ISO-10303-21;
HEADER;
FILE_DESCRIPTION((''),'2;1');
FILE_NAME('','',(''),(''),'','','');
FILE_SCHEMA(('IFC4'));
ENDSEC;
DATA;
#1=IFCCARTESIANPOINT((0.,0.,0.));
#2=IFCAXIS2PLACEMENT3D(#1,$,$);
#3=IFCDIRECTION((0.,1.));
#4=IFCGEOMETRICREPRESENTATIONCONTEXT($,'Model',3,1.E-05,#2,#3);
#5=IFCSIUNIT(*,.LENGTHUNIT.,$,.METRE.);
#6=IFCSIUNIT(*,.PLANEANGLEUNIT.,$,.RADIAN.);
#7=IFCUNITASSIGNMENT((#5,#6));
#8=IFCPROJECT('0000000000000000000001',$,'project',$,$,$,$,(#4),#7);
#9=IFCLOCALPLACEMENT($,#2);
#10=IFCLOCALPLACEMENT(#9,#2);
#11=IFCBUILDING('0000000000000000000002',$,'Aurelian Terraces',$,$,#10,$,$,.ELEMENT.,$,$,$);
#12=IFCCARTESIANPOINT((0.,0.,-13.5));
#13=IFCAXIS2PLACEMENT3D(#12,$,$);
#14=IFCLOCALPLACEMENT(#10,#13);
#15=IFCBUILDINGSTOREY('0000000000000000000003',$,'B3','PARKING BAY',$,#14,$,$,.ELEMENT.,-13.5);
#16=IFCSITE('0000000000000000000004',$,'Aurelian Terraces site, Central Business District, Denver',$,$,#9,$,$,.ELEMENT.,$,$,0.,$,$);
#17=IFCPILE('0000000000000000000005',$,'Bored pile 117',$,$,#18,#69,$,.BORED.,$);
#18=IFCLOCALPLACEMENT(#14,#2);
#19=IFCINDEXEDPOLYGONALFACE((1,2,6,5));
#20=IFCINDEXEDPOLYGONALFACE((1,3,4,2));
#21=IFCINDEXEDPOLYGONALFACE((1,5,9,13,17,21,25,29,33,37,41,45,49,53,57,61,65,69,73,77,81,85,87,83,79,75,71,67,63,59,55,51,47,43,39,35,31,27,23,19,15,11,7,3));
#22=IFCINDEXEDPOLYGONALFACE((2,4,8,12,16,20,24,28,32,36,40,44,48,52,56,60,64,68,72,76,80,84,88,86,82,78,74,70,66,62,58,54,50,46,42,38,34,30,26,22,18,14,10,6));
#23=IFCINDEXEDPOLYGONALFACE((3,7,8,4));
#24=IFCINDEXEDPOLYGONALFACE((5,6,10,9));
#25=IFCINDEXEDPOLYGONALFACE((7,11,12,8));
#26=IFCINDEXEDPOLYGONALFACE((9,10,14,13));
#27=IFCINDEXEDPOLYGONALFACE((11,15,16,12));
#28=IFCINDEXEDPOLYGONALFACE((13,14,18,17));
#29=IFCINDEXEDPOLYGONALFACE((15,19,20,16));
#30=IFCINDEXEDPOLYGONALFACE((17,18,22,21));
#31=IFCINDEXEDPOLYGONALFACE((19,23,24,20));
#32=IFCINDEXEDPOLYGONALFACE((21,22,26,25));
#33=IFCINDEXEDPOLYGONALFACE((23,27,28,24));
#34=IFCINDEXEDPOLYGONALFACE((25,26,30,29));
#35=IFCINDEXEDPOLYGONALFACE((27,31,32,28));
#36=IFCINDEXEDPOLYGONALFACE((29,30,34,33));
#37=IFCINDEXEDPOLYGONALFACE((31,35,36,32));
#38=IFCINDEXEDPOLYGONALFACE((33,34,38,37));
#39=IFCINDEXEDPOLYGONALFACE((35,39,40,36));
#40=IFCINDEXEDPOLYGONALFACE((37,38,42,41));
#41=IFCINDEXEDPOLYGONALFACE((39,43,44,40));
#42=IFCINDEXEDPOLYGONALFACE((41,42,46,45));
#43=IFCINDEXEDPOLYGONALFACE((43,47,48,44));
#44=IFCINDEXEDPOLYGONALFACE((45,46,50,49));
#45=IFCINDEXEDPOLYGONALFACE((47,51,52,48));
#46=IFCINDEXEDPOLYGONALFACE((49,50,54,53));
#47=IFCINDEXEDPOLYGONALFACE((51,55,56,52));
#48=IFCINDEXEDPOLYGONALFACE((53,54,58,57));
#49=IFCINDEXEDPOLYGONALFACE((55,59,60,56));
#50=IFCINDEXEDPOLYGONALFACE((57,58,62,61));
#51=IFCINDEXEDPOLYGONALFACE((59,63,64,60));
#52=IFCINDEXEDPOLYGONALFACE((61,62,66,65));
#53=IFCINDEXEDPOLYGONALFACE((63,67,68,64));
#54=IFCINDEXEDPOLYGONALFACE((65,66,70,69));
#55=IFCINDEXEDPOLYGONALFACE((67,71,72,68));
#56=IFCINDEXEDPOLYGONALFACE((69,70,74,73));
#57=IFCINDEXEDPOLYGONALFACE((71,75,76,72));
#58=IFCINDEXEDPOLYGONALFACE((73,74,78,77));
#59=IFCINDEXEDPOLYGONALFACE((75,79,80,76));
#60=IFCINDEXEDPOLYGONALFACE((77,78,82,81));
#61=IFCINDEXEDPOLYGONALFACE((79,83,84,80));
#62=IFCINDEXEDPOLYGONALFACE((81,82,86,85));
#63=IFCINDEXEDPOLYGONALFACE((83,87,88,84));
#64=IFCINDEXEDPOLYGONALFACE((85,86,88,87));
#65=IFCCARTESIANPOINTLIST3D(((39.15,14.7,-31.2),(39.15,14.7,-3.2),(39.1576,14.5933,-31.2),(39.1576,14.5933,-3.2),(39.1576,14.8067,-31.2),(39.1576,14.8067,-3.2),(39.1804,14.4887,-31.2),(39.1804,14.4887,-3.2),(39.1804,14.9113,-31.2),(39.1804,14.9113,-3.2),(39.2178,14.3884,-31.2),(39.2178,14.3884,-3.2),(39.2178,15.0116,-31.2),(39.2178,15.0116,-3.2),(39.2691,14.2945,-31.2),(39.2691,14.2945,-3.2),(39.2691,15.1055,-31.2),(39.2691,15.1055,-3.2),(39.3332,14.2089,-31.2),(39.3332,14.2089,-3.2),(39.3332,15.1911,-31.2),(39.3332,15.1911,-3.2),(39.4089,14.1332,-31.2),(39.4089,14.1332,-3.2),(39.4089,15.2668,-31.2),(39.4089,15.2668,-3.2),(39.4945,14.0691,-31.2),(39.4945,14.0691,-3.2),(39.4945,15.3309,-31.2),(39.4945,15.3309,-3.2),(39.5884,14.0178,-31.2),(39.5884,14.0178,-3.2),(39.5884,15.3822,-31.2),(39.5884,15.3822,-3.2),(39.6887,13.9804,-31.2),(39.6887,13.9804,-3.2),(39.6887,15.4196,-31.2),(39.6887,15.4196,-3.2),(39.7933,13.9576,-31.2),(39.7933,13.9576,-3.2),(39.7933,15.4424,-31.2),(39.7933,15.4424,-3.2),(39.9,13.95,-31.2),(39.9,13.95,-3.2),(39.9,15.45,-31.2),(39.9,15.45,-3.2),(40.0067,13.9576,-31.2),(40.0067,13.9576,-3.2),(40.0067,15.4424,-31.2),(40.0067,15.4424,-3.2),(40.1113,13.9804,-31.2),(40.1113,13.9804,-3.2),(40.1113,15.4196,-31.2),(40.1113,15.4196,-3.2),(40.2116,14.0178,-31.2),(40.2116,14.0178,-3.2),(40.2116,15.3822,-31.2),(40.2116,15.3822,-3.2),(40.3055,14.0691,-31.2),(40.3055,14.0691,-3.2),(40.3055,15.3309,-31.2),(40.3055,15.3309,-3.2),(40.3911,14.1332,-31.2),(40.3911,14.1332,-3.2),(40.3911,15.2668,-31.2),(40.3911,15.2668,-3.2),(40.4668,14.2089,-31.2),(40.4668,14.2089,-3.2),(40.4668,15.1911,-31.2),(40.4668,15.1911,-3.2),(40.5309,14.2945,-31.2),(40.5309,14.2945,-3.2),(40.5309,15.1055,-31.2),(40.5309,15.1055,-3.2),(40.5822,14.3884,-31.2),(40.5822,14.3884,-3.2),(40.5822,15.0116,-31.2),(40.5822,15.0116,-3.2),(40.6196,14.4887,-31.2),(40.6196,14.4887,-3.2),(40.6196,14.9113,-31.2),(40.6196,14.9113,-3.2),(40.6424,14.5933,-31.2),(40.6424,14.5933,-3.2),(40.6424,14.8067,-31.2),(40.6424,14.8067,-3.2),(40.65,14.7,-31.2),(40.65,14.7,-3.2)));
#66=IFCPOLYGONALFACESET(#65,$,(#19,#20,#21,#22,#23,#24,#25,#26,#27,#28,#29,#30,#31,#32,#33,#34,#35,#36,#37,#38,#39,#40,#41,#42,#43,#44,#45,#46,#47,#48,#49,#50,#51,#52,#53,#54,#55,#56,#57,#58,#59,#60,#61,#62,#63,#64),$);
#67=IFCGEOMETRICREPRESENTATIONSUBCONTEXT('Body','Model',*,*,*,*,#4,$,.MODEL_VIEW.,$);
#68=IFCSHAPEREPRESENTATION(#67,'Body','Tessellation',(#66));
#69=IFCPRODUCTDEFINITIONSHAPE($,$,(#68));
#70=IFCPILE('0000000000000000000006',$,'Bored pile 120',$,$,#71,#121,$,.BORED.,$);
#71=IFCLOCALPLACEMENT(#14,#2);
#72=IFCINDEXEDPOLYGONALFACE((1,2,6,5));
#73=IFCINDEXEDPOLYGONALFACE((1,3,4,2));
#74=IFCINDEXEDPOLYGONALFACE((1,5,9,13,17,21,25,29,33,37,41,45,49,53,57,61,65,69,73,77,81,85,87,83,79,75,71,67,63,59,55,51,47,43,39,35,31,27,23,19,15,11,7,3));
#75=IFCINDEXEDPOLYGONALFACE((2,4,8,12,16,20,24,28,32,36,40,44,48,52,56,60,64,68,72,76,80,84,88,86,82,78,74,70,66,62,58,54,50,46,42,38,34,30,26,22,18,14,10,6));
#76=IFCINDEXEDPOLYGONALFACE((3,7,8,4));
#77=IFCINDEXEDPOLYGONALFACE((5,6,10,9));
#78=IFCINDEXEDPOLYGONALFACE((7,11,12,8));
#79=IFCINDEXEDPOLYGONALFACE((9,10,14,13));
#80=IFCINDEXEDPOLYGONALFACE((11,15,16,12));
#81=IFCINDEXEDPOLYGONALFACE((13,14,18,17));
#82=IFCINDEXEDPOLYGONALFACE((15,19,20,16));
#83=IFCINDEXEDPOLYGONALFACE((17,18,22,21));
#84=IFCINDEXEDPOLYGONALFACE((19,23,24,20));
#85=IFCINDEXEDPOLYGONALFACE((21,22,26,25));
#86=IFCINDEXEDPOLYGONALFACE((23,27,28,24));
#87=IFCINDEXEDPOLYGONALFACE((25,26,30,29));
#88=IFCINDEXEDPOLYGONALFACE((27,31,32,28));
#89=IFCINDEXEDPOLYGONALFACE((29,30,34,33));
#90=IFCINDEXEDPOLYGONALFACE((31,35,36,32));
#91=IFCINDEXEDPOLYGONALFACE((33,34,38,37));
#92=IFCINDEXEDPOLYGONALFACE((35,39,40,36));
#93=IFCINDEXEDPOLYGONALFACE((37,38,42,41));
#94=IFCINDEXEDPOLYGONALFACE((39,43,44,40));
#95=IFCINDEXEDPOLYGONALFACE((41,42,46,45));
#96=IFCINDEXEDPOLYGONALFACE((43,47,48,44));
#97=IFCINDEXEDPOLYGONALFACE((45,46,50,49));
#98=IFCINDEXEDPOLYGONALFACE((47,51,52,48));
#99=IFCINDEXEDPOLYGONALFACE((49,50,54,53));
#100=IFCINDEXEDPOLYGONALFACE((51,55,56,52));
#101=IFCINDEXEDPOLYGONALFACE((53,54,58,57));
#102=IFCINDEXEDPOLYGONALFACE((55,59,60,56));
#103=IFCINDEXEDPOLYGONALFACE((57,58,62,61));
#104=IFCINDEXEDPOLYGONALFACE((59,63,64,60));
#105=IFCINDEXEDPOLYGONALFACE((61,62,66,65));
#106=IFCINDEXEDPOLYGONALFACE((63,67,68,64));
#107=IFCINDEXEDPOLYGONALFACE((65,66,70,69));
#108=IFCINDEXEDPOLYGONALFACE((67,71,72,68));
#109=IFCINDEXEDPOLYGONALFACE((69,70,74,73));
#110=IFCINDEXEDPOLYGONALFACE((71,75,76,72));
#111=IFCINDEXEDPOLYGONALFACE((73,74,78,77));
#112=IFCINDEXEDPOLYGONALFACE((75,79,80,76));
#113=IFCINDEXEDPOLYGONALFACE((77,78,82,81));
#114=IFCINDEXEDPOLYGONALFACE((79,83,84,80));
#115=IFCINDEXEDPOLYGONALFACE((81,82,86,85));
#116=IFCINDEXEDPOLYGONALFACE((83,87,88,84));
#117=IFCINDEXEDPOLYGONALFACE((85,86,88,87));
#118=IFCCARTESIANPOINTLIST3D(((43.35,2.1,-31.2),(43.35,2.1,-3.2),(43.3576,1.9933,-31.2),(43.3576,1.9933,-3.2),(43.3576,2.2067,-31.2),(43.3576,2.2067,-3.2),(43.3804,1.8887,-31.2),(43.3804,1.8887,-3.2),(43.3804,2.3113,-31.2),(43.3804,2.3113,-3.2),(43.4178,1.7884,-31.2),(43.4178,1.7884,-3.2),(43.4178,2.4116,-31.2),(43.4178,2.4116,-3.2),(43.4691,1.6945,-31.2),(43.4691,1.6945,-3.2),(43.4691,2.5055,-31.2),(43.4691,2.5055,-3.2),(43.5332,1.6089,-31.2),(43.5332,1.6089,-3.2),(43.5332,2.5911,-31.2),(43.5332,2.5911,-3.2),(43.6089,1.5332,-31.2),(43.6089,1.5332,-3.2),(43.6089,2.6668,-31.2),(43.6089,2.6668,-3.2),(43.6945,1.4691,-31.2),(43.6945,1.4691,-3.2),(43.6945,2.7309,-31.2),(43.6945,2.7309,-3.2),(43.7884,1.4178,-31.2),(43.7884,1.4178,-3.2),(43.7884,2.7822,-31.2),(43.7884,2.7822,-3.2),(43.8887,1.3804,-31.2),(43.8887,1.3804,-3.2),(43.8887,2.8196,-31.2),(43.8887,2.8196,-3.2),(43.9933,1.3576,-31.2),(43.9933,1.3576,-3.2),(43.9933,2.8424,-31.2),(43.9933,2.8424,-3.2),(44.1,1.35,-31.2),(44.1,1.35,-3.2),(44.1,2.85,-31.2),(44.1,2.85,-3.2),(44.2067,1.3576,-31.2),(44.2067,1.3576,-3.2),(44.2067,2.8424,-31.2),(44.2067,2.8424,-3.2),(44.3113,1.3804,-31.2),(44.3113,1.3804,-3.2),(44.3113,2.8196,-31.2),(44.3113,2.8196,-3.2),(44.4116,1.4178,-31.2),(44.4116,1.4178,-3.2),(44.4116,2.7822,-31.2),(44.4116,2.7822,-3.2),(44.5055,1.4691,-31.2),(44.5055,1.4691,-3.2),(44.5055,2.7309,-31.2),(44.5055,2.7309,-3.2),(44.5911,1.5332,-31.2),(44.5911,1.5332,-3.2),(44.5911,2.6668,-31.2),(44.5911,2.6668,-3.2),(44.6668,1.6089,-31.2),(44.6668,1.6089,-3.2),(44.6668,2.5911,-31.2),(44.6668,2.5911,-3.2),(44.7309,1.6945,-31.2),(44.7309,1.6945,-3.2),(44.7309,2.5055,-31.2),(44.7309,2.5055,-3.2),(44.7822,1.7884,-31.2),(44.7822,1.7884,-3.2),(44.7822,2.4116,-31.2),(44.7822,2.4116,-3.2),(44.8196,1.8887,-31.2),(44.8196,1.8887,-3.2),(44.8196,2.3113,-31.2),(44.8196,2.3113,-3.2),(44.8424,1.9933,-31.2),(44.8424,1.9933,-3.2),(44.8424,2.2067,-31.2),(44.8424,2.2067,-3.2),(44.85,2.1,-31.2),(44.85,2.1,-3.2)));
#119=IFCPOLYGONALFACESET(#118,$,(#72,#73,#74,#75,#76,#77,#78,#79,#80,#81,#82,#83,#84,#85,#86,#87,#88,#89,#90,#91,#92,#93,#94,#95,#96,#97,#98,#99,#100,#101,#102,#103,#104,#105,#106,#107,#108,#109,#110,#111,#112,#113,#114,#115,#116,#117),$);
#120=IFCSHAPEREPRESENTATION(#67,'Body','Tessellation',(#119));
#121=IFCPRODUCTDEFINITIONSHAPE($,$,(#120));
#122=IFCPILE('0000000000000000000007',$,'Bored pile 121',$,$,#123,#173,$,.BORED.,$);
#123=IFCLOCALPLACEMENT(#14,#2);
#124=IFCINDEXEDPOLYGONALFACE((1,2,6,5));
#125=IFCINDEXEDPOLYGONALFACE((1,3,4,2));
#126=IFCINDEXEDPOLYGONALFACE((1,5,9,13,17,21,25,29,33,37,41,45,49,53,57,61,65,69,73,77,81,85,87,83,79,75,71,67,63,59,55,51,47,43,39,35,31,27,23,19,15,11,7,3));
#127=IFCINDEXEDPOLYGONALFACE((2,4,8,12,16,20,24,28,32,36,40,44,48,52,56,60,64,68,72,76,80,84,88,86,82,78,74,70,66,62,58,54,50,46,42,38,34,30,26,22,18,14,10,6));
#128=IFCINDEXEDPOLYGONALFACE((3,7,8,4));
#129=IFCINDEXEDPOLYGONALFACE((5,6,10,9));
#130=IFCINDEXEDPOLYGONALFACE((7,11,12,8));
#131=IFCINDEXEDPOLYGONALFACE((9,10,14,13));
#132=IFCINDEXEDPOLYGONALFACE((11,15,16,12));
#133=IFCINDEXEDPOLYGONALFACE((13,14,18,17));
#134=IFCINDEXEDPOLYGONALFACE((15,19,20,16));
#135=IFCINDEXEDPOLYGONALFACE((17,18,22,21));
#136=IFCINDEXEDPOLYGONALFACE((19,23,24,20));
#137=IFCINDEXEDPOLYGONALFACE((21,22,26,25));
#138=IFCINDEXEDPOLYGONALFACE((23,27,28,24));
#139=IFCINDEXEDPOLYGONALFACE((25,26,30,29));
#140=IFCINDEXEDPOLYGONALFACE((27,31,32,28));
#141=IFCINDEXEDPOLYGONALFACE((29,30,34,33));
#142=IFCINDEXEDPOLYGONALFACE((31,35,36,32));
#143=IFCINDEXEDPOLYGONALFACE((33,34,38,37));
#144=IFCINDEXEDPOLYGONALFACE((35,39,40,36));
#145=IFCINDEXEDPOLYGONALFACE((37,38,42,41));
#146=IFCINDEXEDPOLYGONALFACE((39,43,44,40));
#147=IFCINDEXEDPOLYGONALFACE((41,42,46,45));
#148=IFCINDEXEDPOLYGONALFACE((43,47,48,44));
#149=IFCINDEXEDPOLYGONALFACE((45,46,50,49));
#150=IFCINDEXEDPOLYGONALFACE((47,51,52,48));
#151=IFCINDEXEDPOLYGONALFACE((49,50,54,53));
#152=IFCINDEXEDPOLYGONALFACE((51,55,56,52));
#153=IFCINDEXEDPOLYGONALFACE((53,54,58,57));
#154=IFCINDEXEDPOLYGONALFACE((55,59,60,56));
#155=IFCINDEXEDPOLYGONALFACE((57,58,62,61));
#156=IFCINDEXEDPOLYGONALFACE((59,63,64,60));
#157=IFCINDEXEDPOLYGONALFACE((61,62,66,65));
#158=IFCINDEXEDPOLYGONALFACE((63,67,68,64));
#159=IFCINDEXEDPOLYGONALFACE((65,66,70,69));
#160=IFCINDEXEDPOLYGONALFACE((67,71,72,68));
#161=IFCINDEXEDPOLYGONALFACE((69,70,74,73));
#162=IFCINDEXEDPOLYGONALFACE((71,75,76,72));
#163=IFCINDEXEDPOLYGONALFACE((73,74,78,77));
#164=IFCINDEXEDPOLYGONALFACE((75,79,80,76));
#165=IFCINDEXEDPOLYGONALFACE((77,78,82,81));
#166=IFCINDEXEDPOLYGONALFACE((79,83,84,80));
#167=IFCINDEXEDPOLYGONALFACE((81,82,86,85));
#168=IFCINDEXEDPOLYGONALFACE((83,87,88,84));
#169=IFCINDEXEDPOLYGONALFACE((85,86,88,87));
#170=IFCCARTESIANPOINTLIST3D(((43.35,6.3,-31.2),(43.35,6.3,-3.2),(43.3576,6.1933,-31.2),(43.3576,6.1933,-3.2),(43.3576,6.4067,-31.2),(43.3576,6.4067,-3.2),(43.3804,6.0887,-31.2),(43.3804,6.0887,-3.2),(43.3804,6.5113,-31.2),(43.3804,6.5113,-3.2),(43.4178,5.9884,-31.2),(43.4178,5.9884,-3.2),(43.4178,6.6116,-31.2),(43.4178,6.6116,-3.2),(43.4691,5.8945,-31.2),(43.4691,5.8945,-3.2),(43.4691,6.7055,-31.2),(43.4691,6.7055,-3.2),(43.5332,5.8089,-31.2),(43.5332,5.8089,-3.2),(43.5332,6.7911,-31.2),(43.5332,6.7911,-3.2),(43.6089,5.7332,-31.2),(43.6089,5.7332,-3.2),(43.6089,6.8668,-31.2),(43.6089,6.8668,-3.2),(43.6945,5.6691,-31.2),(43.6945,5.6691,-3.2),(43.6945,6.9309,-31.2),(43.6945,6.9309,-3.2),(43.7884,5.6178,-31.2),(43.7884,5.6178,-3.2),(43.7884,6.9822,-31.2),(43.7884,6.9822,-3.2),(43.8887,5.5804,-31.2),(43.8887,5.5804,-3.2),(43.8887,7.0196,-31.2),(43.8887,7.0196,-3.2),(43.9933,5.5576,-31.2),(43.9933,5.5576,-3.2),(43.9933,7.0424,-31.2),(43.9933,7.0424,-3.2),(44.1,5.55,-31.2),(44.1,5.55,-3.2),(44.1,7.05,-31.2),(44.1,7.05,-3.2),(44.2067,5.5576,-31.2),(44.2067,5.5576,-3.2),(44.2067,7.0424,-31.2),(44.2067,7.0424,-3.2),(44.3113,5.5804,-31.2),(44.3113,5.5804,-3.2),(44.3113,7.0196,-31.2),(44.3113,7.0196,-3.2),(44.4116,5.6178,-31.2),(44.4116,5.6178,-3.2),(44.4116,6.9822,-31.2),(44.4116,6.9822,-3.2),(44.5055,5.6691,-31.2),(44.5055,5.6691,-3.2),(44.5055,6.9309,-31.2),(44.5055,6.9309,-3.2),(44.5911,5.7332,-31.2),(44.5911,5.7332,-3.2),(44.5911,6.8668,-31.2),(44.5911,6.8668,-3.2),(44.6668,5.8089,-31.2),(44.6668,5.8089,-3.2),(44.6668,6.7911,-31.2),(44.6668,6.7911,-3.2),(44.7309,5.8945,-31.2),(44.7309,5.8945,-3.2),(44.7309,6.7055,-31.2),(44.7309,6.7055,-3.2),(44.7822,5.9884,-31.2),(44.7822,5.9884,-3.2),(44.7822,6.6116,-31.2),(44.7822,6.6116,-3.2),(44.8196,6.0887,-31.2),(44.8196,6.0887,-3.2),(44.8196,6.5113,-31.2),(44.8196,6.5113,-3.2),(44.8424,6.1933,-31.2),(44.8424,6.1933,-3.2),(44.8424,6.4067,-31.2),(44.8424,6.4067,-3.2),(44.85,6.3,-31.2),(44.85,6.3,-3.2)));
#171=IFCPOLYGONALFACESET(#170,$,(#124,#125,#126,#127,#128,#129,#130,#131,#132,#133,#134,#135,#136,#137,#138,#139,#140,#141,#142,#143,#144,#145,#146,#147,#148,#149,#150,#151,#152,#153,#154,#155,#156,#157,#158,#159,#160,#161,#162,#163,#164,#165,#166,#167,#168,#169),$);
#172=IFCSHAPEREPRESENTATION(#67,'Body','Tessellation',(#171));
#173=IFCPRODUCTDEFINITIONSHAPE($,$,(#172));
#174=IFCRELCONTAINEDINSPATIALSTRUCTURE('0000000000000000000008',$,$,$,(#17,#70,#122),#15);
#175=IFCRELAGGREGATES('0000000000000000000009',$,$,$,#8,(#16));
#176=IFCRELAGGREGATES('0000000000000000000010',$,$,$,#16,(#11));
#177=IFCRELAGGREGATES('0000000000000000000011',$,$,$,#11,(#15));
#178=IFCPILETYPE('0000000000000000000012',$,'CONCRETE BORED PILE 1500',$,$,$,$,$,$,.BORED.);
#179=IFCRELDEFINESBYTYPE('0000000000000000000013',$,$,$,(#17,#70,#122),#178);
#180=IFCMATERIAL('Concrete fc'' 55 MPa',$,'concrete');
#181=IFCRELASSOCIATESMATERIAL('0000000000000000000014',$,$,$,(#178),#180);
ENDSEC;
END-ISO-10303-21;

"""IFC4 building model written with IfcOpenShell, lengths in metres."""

from ifc_helpers import new_model, si_unit, direction, frame, origin, origin_2d, place, context, subcontext, project, spatial, circle, extrude, source, transform, mapped, material, material_profile, profile_set, type_object, element, save


model = new_model("IFC4")

# Units and contexts
model_context = context("Model", 3, precision=1e-05, world=origin(), true_north=direction((0.0, 1.0)))
body_context = subcontext(model_context, "Body", "Model", "MODEL_VIEW")
ifc_project = project(units=[si_unit("LENGTHUNIT", "METRE"), si_unit("PLANEANGLEUNIT", "RADIAN")], contexts=[model_context])

# Site, building, storey
site_placement = place(None, origin())
site = spatial("IfcSite", under=ifc_project, at=site_placement, Name="Aurelian Terraces site, Central Business District, Denver", CompositionType="ELEMENT", RefElevation=0.0)
building_placement = place(site_placement, origin())
building = spatial("IfcBuilding", under=site, at=building_placement, Name="Aurelian Terraces", CompositionType="ELEMENT")
storey_placement = place(building_placement, frame((0.0, 0.0, -13.5)))
storey = spatial("IfcBuildingStorey", under=building, at=storey_placement, Name="B3", Description="PARKING BAY", CompositionType="ELEMENT", Elevation=-13.5)

# Piles
ifc_material_1 = material(Name="Concrete fc' 55 MPa", Category="concrete")
ifc_material_profile = material_profile(ifc_material_1, circle(Radius=0.75, at=origin_2d()))
ifc_profile_set = profile_set([ifc_material_profile], Name="Concrete fc' 55 MPa")
pile_type = type_object("IfcPileType", Name="CONCRETE BORED PILE 1500", PredefinedType="BORED", material=ifc_profile_set)
shared_shape_1 = source(origin(), body_context, "Body", "SweptSolid", [
    extrude(circle(Radius=0.75, at=origin_2d()), origin(), (0.0, 0.0, 1.0), 28.0),
])
for number, where, z_axis, x_axis, name in (
    (1, (39.9, 14.7, -3.2), (0.0, 0.0, -1.0), (1.0, 0.0, 0.0), "Bored pile 117"),
    (2, (44.1, 2.1, -3.2), (0.0, 0.0, -1.0), (1.0, 0.0, 0.0), "Bored pile 120"),
    (3, (44.1, 6.3, -3.2), (0.0, 0.0, -1.0), (1.0, 0.0, 0.0), "Bored pile 121"),
):
    element("IfcPile", number, at=place(storey_placement, frame(where, z_axis=z_axis, x_axis=x_axis)), inside=storey, type_object=pile_type, Name=name, PredefinedType="BORED", context=body_context, shape_type="MappedRepresentation", body=[
        mapped(shared_shape_1, transform((0.0, 0.0, 0.0), scale=1.0)),
    ])

save(model, "model.ifc")
